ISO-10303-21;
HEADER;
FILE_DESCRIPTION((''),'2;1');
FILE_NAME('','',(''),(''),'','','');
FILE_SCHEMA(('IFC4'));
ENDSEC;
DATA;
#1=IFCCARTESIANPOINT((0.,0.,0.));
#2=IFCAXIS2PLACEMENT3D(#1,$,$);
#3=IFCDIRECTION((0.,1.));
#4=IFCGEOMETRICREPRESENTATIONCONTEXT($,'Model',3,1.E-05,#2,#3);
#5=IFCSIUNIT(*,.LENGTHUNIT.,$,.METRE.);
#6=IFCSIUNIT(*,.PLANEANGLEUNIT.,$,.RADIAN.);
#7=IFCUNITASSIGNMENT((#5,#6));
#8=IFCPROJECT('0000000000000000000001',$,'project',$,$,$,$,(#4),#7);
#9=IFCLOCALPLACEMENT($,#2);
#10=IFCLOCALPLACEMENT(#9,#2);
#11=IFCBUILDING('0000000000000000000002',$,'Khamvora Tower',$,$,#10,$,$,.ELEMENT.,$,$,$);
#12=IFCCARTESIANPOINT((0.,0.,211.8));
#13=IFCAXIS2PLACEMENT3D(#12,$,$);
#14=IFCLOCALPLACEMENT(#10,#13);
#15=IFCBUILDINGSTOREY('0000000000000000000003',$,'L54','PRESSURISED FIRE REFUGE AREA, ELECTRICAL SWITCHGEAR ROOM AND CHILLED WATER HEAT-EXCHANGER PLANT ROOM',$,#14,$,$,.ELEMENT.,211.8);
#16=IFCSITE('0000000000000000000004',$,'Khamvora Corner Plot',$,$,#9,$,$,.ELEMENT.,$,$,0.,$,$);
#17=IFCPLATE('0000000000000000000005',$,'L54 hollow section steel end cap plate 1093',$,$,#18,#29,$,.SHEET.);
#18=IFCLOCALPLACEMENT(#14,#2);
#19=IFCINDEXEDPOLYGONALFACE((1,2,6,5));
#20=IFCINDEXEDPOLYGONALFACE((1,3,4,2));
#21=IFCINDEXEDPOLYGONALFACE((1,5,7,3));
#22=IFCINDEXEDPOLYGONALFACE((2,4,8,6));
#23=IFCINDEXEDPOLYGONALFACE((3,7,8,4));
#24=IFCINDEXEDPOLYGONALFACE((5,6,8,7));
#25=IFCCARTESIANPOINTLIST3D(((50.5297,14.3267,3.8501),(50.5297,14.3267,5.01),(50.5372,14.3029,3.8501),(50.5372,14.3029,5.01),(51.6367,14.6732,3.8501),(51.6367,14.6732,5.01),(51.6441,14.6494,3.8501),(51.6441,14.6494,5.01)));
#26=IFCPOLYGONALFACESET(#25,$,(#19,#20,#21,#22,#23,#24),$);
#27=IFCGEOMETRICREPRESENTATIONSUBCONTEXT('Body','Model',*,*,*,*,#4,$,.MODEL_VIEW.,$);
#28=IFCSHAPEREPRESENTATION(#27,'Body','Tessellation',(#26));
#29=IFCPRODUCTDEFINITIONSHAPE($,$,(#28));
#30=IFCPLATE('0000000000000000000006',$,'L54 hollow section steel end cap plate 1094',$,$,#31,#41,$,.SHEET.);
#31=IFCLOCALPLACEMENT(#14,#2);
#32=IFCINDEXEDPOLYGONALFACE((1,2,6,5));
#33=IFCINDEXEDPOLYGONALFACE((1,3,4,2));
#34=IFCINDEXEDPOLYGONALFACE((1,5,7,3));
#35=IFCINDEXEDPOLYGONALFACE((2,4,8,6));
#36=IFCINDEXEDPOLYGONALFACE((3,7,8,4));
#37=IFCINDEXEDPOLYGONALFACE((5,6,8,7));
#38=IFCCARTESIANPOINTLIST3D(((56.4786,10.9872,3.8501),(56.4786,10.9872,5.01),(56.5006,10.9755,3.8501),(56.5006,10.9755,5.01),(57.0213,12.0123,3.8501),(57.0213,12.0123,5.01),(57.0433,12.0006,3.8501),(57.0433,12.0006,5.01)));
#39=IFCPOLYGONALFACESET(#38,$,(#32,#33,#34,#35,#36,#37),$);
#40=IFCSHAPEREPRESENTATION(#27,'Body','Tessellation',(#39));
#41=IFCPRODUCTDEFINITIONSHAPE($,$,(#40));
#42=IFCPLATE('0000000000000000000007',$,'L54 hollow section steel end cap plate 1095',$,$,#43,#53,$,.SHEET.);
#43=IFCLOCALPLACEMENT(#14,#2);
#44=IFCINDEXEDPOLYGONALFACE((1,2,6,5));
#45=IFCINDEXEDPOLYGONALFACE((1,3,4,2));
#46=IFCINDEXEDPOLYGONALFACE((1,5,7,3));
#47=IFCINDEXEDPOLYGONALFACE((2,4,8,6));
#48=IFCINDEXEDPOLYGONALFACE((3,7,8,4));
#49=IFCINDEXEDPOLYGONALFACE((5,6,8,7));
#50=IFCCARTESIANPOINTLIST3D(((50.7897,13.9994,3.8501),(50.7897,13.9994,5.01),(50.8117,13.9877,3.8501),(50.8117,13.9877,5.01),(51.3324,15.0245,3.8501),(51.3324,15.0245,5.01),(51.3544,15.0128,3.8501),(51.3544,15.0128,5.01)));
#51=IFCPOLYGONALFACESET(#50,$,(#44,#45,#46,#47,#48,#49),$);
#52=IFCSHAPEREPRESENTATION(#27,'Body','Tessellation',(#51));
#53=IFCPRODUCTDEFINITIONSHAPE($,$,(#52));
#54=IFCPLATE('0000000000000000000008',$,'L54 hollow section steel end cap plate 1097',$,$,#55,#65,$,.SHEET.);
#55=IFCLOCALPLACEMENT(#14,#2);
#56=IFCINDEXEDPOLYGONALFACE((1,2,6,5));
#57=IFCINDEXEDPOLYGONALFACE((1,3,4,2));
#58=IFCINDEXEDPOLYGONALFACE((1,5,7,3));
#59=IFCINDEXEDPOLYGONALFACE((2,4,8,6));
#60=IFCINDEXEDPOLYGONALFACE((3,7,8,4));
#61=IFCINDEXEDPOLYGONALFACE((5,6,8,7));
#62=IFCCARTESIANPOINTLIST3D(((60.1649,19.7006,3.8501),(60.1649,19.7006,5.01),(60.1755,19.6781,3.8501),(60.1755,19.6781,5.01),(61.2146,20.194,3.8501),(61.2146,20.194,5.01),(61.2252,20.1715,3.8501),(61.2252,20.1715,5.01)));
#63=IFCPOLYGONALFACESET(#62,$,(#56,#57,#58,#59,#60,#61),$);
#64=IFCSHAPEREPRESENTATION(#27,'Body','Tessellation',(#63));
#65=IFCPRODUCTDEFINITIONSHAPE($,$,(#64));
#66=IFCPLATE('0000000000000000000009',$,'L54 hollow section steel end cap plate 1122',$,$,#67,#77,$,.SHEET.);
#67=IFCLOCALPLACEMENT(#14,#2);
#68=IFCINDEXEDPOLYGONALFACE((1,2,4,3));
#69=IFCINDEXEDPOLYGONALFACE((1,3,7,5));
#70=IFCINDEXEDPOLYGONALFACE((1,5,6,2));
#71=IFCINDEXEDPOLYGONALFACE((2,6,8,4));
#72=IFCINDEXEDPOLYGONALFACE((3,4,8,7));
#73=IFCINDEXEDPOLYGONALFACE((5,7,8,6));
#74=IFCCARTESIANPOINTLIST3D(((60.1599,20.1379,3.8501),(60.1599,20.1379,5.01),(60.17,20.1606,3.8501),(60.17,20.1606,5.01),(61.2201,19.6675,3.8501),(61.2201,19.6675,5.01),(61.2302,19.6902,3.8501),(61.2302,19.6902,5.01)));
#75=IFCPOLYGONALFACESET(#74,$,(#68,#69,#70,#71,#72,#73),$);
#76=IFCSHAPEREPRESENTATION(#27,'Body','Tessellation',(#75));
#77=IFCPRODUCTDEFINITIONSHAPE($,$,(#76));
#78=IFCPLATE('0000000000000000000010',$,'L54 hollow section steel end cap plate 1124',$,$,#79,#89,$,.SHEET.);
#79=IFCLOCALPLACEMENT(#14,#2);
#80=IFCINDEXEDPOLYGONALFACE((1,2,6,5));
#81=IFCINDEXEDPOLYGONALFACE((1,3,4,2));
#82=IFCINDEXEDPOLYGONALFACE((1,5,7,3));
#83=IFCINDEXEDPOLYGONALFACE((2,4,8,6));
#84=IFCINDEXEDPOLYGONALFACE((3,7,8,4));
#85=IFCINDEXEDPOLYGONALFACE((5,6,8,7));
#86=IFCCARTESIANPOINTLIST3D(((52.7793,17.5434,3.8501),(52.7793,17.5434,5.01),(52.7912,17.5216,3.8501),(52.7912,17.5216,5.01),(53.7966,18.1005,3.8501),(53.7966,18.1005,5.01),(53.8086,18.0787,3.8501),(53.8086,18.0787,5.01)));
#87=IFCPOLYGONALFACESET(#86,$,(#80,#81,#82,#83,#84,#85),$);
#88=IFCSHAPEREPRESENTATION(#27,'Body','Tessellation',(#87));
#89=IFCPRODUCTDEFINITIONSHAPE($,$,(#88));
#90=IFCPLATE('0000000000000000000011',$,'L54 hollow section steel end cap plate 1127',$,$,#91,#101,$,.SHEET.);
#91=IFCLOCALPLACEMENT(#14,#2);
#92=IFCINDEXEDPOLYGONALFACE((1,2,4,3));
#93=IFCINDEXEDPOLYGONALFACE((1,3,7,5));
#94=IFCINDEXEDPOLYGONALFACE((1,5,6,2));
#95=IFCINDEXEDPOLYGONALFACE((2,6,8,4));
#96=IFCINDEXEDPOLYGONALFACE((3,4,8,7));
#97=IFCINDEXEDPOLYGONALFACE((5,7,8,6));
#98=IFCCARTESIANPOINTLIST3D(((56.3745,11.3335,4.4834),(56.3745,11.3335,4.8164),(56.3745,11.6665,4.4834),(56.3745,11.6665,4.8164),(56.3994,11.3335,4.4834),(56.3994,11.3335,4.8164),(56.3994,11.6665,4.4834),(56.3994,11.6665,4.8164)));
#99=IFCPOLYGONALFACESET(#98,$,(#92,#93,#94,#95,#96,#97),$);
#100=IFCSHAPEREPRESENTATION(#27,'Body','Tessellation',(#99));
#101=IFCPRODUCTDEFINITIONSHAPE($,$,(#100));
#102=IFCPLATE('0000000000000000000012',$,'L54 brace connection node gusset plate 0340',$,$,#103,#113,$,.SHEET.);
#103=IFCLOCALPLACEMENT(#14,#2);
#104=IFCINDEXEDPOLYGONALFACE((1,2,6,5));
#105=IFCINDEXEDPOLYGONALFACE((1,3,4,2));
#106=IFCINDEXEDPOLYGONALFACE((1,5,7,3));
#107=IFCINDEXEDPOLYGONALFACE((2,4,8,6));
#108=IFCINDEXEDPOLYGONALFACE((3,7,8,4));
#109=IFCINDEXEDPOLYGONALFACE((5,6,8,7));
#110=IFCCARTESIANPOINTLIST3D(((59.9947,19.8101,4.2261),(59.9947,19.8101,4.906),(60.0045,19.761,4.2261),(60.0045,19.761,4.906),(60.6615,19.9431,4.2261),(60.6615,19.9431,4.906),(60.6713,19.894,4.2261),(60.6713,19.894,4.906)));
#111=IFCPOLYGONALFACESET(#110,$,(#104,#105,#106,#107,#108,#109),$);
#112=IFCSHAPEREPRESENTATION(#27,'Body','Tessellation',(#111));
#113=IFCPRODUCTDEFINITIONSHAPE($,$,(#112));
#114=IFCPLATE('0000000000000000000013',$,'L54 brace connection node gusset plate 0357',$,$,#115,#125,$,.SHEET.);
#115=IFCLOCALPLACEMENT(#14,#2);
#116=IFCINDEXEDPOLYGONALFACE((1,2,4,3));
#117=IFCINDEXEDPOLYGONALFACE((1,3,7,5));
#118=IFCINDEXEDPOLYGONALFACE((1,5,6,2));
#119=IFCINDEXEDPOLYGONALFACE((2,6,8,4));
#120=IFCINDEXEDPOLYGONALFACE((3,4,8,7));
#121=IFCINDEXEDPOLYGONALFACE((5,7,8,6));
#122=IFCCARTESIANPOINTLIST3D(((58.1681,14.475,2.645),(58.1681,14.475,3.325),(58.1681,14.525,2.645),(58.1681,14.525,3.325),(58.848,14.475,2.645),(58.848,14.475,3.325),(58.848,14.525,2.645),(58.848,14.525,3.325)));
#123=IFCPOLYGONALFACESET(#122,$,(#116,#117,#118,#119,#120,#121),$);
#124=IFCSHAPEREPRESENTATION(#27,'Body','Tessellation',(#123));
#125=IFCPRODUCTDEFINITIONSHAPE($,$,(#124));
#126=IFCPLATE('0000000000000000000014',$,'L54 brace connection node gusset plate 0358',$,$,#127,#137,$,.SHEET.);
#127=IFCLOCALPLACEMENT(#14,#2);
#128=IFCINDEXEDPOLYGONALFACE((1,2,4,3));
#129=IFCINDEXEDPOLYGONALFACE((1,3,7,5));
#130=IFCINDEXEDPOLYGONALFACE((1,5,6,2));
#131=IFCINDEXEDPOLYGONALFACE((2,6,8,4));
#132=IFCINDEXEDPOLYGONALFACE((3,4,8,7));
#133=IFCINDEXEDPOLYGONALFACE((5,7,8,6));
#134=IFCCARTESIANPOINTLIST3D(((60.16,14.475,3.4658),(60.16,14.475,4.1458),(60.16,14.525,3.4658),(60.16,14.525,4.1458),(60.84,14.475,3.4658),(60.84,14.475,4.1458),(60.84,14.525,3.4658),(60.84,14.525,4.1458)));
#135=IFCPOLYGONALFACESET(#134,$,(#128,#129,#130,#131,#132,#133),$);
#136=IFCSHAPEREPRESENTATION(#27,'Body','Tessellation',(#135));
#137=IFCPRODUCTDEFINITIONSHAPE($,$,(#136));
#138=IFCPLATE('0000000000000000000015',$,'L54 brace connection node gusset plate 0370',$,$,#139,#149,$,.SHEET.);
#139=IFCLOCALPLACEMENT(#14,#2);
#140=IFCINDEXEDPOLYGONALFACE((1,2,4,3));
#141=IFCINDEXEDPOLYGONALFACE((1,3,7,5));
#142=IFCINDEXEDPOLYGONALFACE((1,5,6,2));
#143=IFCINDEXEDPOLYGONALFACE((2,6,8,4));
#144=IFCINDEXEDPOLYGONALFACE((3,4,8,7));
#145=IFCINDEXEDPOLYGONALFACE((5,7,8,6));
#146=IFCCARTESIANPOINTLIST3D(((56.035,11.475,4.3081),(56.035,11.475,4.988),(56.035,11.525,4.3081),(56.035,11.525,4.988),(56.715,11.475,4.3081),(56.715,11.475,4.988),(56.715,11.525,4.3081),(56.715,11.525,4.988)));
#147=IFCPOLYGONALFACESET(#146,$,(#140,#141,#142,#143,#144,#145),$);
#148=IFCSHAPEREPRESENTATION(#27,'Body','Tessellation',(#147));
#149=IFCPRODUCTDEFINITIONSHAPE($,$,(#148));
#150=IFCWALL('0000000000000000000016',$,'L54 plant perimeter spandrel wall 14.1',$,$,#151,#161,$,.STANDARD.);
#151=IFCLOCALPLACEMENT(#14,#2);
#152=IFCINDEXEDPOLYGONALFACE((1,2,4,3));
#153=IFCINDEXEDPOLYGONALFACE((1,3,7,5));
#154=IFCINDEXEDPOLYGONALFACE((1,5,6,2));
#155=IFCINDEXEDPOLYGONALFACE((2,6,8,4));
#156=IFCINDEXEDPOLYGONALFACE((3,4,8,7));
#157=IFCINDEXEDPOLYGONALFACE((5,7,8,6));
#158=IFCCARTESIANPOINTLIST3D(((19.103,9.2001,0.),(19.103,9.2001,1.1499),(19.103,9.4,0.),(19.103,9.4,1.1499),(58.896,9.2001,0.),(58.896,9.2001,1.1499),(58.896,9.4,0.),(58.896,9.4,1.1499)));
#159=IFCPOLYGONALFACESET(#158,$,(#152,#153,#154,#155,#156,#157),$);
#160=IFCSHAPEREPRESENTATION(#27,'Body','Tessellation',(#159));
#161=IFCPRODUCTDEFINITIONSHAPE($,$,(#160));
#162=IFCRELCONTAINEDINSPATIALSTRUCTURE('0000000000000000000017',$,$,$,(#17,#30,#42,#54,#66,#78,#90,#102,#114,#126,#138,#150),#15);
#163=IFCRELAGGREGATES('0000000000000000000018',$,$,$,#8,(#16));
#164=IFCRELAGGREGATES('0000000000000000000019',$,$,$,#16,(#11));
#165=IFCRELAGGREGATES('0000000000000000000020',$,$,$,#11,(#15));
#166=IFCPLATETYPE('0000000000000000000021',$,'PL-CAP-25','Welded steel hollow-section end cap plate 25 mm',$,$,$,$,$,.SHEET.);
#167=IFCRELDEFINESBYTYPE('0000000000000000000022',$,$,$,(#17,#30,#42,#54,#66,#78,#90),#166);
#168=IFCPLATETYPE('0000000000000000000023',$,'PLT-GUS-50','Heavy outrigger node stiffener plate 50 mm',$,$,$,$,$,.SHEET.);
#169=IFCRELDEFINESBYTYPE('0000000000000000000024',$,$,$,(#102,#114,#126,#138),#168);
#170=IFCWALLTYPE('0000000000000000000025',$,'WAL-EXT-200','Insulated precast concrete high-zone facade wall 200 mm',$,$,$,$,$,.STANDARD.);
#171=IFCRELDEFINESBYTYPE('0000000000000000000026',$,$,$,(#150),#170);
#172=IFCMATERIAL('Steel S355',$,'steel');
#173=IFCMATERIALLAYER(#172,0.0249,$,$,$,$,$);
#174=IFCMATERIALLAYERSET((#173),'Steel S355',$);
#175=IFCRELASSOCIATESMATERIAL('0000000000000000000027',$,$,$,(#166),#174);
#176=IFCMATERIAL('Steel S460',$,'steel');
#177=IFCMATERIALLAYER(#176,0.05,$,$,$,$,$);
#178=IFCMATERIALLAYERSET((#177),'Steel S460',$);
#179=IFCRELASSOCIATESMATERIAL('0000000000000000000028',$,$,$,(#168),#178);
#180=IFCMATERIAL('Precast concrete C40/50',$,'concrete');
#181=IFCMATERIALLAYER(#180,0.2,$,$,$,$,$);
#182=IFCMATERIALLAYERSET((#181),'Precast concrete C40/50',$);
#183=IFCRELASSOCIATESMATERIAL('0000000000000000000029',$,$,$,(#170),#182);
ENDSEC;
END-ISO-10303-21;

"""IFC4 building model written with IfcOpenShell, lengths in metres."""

from ifc_helpers import new_model, si_unit, direction, frame, frame_2d, origin, origin_2d, place, context, subcontext, project, spatial, rectangle, extrude, material, layer, layer_set, type_object, element, save


model = new_model("IFC4")

# Units and contexts
model_context = context("Model", 3, precision=1e-05, world=origin(), true_north=direction((0.0, 1.0)))
body_context = subcontext(model_context, "Body", "Model", "MODEL_VIEW")
ifc_project = project(units=[si_unit("LENGTHUNIT", "METRE"), si_unit("PLANEANGLEUNIT", "RADIAN")], contexts=[model_context])

# Site, building, storey
site_placement = place(None, origin())
site = spatial("IfcSite", under=ifc_project, at=site_placement, Name="Khamvora Corner Plot", CompositionType="ELEMENT", RefElevation=0.0)
building_placement = place(site_placement, origin())
building = spatial("IfcBuilding", under=site, at=building_placement, Name="Khamvora Tower", CompositionType="ELEMENT")
storey_placement = place(building_placement, frame((0.0, 0.0, 211.8)))
storey = spatial("IfcBuildingStorey", under=building, at=storey_placement, Name="L54", Description="PRESSURISED FIRE REFUGE AREA, ELECTRICAL SWITCHGEAR ROOM AND CHILLED WATER HEAT-EXCHANGER PLANT ROOM", CompositionType="ELEMENT", Elevation=211.8)

# Shared definitions
ifc_material_1 = material(Name="Steel S355", Category="steel")

# Shared definitions
ifc_material_2 = material(Name="Steel S460", Category="steel")

# Plates
ifc_layer_1 = layer(ifc_material_1, 0.0249)
ifc_layer_set_1 = layer_set([ifc_layer_1], Name="Steel S355")
plate_type_1 = type_object("IfcPlateType", Name="PL-CAP-25", Description="Welded steel hollow-section end cap plate 25 mm", PredefinedType="SHEET", material=ifc_layer_set_1)
for number, where, z_axis, x_axis, name in (
    (1, (51.0869, 14.488, 3.8501), (0.0, 0.0, 1.0), (0.298741, -0.954334, 0.0), "L54 hollow section steel end cap plate 1093"),
    (2, (56.761, 11.4939, 3.8501), (0.0, 0.0, 1.0), (-0.883798, 0.467868, 0.0), "L54 hollow section steel end cap plate 1094"),
    (3, (51.072, 14.5061, 3.8501), (0.0, 0.0, 1.0), (-0.883798, 0.467868, 0.0), "L54 hollow section steel end cap plate 1095"),
    (4, (60.6951, 19.936, 3.8501), (0.0, 0.0, 1.0), (0.4254, -0.905005, 0.0), "L54 hollow section steel end cap plate 1097"),
    (5, (60.6951, 19.9141, 3.8501), (0.0, 0.0, 1.0), (0.405556, 0.91407, 0.0), "L54 hollow section steel end cap plate 1122"),
    (6, (53.2939, 17.811, 3.8501), (0.0, 0.0, 1.0), (-0.480315, 0.877096, 0.0), "L54 hollow section steel end cap plate 1124"),
):
    element("IfcPlate", number, at=place(storey_placement, frame(where, z_axis=z_axis, x_axis=x_axis)), inside=storey, type_object=plate_type_1, Name=name, PredefinedType="SHEET", context=body_context, shape_type="SweptSolid", body=[
        extrude(rectangle(XDim=0.0249, YDim=1.1599, at=origin_2d()), origin(), (0.0, 0.0, 1.0), 1.1599),
    ])
plate_1_placement = place(storey_placement, frame((56.387, 11.5, 4.4834), z_axis=(0.0, 0.0, 1.0), x_axis=(1.0, 0.0, 0.0)))
element("IfcPlate", 7, at=plate_1_placement, inside=storey, type_object=plate_type_1, Name="L54 hollow section steel end cap plate 1127", PredefinedType="SHEET", context=body_context, shape_type="SweptSolid", body=[
    extrude(rectangle(XDim=0.0249, YDim=0.333, at=origin_2d()), origin(), (0.0, 0.0, 1.0), 0.333),
])
ifc_layer_2 = layer(ifc_material_2, 0.05)
ifc_layer_set_2 = layer_set([ifc_layer_2], Name="Steel S460")
plate_type_2 = type_object("IfcPlateType", Name="PLT-GUS-50", Description="Heavy outrigger node stiffener plate 50 mm", PredefinedType="SHEET", material=ifc_layer_set_2)
for number, where, z_axis, x_axis, name in (
    (8, (60.333, 19.8521, 4.2261), (0.0, 0.0, 1.0), (0.980669, 0.195672, 0.0), "L54 brace connection node gusset plate 0340"),
    (9, (58.5081, 14.5, 2.645), (0.0, 0.0, 1.0), (1.0, 0.0, 0.0), "L54 brace connection node gusset plate 0357"),
    (10, (60.5, 14.5, 3.4658), (0.0, 0.0, 1.0), (1.0, 0.0, 0.0), "L54 brace connection node gusset plate 0358"),
    (11, (56.375, 11.5, 4.3081), (0.0, 0.0, 1.0), (1.0, 0.0, 0.0), "L54 brace connection node gusset plate 0370"),
):
    element("IfcPlate", number, at=place(storey_placement, frame(where, z_axis=z_axis, x_axis=x_axis)), inside=storey, type_object=plate_type_2, Name=name, PredefinedType="SHEET", context=body_context, shape_type="SweptSolid", body=[
        extrude(rectangle(XDim=0.6799, YDim=0.05, at=origin_2d()), origin(), (0.0, 0.0, 1.0), 0.6799),
    ])

# Wall
ifc_material_3 = material(Name="Precast concrete C40/50", Category="concrete")
ifc_layer_3 = layer(ifc_material_3, 0.2)
ifc_layer_set_3 = layer_set([ifc_layer_3], Name="Precast concrete C40/50")
wall_type = type_object("IfcWallType", Name="WAL-EXT-200", Description="Insulated precast concrete high-zone facade wall 200 mm", PredefinedType="STANDARD", material=ifc_layer_set_3)
wall_placement = place(storey_placement, frame((58.896, 9.3, 0.0), z_axis=(0.0, 0.0, 1.0), x_axis=(-1.0, 0.0, 0.0)))
element("IfcWall", 12, at=wall_placement, inside=storey, type_object=wall_type, Name="L54 plant perimeter spandrel wall 14.1", PredefinedType="STANDARD", context=body_context, shape_type="SweptSolid", body=[
    extrude(rectangle(XDim=39.793, YDim=0.2, at=frame_2d((19.8965, 0.0))), origin(), (0.0, 0.0, 1.0), 1.1499),
])

save(model, "model.ifc")
